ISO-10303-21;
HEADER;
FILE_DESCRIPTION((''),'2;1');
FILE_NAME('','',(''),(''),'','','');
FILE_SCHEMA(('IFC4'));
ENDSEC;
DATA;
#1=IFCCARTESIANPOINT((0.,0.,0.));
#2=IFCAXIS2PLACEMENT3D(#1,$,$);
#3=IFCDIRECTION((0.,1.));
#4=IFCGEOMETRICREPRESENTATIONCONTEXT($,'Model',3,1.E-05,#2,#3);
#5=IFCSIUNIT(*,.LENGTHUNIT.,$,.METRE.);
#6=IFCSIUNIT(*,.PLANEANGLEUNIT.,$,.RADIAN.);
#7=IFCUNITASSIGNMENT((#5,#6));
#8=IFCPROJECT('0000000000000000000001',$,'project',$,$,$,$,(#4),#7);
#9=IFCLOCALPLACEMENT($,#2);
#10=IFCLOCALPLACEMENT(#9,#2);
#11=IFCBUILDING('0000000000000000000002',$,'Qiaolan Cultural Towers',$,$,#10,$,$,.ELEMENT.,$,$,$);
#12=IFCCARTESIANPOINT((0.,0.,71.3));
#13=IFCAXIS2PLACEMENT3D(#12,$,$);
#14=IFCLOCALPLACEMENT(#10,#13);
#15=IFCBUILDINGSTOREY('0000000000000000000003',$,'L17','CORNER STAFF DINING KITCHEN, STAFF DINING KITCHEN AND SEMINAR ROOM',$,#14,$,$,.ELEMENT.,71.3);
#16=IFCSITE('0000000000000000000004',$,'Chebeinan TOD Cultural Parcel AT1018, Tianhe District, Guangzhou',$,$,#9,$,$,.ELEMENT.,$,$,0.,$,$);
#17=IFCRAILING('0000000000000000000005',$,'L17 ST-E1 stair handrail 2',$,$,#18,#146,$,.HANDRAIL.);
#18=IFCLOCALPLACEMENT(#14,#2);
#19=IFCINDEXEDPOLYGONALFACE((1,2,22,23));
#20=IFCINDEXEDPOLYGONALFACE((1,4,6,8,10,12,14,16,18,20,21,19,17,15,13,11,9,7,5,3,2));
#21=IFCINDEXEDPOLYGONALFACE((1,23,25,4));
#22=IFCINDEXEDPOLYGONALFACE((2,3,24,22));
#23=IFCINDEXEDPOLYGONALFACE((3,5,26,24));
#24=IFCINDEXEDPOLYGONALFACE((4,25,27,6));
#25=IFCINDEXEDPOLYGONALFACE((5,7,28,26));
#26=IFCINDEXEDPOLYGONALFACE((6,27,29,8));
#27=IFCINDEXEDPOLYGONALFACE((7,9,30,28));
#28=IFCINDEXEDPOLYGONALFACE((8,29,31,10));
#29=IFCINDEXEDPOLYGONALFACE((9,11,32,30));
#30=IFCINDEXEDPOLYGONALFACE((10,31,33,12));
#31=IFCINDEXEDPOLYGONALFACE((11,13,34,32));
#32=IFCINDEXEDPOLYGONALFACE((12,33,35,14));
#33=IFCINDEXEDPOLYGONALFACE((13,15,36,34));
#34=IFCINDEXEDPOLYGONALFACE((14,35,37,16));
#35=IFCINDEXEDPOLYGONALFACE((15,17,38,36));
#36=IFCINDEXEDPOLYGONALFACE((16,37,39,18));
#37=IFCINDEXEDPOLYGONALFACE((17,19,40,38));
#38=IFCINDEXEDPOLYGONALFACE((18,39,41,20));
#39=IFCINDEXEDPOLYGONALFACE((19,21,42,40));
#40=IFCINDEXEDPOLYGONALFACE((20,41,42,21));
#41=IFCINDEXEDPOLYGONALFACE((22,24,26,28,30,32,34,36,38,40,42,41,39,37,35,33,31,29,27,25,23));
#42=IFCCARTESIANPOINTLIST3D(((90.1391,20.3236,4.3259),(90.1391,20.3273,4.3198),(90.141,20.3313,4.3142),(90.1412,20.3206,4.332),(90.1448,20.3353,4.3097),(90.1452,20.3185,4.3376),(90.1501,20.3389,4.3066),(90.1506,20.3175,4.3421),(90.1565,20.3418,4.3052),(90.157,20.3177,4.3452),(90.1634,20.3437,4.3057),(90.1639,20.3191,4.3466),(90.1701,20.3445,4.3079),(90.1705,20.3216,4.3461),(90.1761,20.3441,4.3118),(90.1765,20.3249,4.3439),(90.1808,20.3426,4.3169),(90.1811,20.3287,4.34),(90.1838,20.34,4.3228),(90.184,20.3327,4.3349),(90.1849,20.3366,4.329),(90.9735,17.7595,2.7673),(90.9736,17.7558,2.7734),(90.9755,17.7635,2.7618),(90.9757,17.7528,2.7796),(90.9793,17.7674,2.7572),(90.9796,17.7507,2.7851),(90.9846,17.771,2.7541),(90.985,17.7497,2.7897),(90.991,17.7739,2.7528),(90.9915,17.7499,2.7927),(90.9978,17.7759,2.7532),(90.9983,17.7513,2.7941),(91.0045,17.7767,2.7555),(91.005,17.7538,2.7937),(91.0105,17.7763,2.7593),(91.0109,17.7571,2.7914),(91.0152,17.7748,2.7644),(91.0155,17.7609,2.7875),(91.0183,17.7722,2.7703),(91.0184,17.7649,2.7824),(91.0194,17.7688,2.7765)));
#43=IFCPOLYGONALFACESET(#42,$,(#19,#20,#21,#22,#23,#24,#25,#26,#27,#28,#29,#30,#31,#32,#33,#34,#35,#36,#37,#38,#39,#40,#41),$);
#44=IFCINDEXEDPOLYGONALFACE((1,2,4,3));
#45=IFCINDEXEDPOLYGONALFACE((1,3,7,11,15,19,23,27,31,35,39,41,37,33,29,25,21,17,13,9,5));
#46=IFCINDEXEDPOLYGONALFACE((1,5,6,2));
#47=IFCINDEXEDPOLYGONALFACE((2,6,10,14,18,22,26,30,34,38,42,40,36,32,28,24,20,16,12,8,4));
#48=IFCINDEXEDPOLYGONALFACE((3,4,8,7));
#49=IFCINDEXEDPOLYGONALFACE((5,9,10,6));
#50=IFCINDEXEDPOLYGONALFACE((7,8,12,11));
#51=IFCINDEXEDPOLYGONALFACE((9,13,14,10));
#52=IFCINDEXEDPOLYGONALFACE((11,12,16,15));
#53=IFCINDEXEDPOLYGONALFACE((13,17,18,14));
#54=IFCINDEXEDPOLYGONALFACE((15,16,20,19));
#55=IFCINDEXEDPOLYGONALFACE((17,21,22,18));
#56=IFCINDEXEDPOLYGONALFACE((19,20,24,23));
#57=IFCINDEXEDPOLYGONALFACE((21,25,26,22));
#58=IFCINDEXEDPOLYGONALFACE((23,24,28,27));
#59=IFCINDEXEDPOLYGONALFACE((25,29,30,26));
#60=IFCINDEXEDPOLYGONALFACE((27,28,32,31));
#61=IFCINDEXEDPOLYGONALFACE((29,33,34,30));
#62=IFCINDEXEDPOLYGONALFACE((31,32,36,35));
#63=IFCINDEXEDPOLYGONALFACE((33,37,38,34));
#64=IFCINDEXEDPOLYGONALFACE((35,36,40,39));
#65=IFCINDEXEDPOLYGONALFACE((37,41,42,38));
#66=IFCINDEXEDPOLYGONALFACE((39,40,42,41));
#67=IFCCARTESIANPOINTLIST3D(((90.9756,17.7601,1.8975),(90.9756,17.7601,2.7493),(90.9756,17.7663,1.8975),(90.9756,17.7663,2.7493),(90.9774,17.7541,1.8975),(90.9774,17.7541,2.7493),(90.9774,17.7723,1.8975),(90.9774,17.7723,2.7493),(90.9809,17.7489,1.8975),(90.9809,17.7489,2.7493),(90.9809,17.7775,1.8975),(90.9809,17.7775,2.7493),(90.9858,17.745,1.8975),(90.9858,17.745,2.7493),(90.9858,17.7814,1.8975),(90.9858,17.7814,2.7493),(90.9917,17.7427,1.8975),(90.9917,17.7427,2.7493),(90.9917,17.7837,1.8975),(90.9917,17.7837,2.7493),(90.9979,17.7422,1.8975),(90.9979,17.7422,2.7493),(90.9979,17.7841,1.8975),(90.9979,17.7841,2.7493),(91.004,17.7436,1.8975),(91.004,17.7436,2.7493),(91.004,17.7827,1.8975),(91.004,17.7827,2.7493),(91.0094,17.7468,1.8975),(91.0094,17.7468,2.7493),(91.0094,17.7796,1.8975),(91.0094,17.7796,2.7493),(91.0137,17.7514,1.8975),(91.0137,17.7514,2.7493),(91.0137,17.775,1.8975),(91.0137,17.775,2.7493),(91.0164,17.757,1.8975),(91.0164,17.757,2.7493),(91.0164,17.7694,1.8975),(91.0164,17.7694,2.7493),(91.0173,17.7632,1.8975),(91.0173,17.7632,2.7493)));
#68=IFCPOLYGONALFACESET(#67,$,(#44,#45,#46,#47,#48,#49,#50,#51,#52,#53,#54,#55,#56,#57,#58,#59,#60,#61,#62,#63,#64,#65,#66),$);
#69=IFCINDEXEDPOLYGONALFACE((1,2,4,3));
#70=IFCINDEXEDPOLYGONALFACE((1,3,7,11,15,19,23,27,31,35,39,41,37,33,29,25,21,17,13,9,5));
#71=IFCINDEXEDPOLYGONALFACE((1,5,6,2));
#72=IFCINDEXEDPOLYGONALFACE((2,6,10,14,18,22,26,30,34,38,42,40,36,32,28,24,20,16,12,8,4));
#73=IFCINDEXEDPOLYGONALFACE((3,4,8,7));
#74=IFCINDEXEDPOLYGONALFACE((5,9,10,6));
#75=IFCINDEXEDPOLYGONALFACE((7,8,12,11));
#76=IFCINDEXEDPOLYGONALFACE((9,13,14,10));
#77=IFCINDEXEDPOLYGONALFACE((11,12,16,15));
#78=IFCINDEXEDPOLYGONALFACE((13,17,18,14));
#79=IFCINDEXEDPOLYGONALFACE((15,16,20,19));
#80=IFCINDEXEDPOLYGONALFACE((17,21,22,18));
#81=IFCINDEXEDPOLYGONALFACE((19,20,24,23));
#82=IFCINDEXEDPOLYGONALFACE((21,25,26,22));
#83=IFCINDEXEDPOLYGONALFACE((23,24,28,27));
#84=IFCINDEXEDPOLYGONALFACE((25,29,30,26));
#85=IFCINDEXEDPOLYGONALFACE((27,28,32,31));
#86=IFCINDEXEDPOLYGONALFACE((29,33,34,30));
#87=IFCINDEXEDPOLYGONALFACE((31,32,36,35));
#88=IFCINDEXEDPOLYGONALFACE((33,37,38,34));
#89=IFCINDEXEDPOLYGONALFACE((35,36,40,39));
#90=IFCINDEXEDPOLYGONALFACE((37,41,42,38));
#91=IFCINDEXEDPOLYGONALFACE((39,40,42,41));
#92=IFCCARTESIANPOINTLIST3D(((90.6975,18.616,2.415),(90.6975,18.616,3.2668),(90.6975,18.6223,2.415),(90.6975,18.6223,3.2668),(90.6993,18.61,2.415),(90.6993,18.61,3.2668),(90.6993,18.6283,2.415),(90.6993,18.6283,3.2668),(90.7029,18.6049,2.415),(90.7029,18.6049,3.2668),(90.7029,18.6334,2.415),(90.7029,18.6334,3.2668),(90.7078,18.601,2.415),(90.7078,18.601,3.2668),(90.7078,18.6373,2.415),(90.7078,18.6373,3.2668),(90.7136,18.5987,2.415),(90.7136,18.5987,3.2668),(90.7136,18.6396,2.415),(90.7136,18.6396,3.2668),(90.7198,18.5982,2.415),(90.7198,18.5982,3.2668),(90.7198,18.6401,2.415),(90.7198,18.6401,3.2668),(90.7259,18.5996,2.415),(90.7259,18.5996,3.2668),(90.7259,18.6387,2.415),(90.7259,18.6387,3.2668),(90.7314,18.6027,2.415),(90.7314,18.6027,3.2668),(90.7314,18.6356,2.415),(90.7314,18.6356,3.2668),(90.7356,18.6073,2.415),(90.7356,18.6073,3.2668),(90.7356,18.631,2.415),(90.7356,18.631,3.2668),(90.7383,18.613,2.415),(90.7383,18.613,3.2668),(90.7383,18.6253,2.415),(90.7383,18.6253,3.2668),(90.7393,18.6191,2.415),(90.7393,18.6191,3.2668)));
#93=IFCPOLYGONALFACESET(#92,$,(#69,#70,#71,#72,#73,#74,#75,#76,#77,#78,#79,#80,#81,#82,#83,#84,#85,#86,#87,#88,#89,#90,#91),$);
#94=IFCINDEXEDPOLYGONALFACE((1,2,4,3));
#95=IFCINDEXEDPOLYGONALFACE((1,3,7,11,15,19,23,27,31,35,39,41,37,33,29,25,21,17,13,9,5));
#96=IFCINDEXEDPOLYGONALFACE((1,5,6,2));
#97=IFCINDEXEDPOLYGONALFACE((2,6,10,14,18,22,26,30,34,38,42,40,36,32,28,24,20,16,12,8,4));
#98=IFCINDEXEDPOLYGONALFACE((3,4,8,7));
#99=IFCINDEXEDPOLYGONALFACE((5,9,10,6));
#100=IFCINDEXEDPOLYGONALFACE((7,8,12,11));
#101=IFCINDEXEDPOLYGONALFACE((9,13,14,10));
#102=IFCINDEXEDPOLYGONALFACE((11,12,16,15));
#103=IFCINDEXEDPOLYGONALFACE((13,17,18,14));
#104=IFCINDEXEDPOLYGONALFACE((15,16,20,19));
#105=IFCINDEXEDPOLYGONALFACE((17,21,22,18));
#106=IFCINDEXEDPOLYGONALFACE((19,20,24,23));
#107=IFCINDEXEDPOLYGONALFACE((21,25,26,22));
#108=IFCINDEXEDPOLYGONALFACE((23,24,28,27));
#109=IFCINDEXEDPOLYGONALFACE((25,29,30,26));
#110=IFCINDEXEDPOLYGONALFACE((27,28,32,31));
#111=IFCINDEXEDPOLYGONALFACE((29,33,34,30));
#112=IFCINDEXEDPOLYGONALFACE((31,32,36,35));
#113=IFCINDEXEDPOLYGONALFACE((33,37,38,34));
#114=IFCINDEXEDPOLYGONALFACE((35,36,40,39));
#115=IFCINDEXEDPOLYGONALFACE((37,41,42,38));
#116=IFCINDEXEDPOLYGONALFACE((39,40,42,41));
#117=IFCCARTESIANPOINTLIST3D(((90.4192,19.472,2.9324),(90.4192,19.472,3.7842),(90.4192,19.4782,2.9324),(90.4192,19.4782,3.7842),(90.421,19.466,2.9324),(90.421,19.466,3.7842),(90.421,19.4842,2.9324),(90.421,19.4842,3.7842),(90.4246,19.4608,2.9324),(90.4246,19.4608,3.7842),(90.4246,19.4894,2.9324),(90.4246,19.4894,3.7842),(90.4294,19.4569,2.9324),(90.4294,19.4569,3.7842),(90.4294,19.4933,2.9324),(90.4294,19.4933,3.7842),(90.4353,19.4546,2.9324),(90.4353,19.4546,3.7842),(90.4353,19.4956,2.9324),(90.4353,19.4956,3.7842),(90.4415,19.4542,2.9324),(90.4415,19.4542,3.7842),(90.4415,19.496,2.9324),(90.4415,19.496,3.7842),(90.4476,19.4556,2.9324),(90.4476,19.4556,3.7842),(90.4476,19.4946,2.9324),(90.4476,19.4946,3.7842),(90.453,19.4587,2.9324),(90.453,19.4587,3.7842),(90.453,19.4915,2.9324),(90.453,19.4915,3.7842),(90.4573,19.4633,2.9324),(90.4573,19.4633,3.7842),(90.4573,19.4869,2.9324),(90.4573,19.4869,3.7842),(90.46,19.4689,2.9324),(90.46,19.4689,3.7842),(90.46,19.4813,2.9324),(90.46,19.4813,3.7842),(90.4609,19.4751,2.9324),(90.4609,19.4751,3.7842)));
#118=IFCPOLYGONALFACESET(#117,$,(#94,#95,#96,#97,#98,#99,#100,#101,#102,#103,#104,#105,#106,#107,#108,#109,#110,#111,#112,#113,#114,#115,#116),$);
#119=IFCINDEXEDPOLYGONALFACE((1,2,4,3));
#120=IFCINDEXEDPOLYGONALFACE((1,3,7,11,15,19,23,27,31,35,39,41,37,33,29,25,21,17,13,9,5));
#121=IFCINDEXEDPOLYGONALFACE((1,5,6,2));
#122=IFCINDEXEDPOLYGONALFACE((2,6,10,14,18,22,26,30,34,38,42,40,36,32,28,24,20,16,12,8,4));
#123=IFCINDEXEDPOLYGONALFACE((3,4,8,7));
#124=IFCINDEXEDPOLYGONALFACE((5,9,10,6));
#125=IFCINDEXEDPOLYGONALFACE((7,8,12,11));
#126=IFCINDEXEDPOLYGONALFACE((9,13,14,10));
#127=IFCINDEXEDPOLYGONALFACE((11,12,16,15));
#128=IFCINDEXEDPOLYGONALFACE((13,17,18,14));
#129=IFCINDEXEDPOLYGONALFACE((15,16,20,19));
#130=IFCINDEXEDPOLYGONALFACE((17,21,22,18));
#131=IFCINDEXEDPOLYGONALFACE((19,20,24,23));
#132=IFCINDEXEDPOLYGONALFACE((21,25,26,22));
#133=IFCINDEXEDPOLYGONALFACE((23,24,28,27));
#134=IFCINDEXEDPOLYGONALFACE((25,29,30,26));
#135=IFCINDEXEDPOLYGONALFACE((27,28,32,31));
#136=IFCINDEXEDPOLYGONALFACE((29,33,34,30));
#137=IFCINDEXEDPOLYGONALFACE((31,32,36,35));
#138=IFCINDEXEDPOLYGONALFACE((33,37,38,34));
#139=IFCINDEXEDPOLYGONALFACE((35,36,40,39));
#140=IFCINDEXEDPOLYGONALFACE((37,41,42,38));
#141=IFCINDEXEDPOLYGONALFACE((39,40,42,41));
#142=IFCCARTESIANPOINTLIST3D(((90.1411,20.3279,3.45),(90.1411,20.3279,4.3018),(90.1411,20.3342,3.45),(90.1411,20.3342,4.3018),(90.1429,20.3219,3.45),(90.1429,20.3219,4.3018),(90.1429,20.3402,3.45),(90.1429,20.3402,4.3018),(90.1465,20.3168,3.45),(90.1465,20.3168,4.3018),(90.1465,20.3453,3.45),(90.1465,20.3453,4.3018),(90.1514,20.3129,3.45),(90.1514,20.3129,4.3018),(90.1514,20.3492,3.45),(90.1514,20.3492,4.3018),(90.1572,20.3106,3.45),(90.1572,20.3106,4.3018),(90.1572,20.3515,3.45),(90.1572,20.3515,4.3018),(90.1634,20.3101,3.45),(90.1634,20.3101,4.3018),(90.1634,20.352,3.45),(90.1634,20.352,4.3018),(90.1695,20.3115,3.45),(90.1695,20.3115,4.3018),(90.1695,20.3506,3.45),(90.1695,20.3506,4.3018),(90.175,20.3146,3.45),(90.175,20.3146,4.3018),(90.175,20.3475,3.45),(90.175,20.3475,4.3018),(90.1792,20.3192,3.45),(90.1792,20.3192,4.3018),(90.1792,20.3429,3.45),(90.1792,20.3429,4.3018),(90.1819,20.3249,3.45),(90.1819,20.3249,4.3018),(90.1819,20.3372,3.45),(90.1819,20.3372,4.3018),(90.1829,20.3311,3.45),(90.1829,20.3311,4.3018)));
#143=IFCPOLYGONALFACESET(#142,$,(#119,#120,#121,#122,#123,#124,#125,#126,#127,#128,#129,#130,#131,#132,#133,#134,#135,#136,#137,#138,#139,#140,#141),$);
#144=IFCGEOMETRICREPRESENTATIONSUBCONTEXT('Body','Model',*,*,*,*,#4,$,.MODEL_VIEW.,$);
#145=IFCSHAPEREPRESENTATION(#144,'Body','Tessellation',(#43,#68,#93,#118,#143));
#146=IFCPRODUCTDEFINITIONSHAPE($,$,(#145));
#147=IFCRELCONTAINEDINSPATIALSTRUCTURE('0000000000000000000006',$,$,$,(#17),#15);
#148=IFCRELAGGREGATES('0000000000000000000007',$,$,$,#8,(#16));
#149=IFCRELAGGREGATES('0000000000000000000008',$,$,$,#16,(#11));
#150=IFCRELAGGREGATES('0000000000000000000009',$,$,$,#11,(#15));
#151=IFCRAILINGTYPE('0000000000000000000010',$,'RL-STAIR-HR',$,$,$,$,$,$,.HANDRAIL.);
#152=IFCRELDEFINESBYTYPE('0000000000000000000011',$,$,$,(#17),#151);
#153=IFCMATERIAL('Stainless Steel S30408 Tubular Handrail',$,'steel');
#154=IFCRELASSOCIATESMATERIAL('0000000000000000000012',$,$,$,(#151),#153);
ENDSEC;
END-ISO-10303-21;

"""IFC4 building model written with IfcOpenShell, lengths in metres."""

from ifc_helpers import new_model, si_unit, direction, frame, origin, origin_2d, place, context, subcontext, project, spatial, circle, extrude, material, type_object, element, save


model = new_model("IFC4")

# Units and contexts
model_context = context("Model", 3, precision=1e-05, world=origin(), true_north=direction((0.0, 1.0)))
body_context = subcontext(model_context, "Body", "Model", "MODEL_VIEW")
ifc_project = project(units=[si_unit("LENGTHUNIT", "METRE"), si_unit("PLANEANGLEUNIT", "RADIAN")], contexts=[model_context])

# Site, building, storey
site_placement = place(None, origin())
site = spatial("IfcSite", under=ifc_project, at=site_placement, Name="Chebeinan TOD Cultural Parcel AT1018, Tianhe District, Guangzhou", CompositionType="ELEMENT", RefElevation=0.0)
building_placement = place(site_placement, origin())
building = spatial("IfcBuilding", under=site, at=building_placement, Name="Qiaolan Cultural Towers", CompositionType="ELEMENT")
storey_placement = place(building_placement, frame((0.0, 0.0, 71.3)))
storey = spatial("IfcBuildingStorey", under=building, at=storey_placement, Name="L17", Description="CORNER STAFF DINING KITCHEN, STAFF DINING KITCHEN AND SEMINAR ROOM", CompositionType="ELEMENT", Elevation=71.3)

# Railing
ifc_material_1 = material(Name="Stainless Steel S30408 Tubular Handrail", Category="steel")
railing_type = type_object("IfcRailingType", Name="RL-STAIR-HR", PredefinedType="HANDRAIL", material=ifc_material_1)
railing_placement = place(storey_placement, frame((90.9963, 17.7632, 1.8975)))
element("IfcRailing", 1, at=railing_placement, inside=storey, type_object=railing_type, Name="L17 ST-E1 stair handrail 2", PredefinedType="HANDRAIL", context=body_context, shape_type="SweptSolid", body=[
    extrude(circle(Radius=0.0239, at=origin_2d()), frame((0.0, 0.0, 0.876), z_axis=(-0.267926, 0.824471, 0.498461), x_axis=(-0.951043, -0.309057, 0.0)), (0.0, 0.0, 1.0), 3.1145),
    extrude(circle(Radius=0.021, at=origin_2d()), origin(), (0.0, 0.0, 1.0), 0.8518),
    extrude(circle(Radius=0.021, at=origin_2d()), frame((-0.2781, 0.856, 0.5176)), (0.0, 0.0, 1.0), 0.8518),
    extrude(circle(Radius=0.021, at=origin_2d()), frame((-0.5564, 1.7119, 1.0349)), (0.0, 0.0, 1.0), 0.8518),
    extrude(circle(Radius=0.021, at=origin_2d()), frame((-0.8345, 2.5679, 1.5525)), (0.0, 0.0, 1.0), 0.8518),
])

save(model, "model.ifc")
